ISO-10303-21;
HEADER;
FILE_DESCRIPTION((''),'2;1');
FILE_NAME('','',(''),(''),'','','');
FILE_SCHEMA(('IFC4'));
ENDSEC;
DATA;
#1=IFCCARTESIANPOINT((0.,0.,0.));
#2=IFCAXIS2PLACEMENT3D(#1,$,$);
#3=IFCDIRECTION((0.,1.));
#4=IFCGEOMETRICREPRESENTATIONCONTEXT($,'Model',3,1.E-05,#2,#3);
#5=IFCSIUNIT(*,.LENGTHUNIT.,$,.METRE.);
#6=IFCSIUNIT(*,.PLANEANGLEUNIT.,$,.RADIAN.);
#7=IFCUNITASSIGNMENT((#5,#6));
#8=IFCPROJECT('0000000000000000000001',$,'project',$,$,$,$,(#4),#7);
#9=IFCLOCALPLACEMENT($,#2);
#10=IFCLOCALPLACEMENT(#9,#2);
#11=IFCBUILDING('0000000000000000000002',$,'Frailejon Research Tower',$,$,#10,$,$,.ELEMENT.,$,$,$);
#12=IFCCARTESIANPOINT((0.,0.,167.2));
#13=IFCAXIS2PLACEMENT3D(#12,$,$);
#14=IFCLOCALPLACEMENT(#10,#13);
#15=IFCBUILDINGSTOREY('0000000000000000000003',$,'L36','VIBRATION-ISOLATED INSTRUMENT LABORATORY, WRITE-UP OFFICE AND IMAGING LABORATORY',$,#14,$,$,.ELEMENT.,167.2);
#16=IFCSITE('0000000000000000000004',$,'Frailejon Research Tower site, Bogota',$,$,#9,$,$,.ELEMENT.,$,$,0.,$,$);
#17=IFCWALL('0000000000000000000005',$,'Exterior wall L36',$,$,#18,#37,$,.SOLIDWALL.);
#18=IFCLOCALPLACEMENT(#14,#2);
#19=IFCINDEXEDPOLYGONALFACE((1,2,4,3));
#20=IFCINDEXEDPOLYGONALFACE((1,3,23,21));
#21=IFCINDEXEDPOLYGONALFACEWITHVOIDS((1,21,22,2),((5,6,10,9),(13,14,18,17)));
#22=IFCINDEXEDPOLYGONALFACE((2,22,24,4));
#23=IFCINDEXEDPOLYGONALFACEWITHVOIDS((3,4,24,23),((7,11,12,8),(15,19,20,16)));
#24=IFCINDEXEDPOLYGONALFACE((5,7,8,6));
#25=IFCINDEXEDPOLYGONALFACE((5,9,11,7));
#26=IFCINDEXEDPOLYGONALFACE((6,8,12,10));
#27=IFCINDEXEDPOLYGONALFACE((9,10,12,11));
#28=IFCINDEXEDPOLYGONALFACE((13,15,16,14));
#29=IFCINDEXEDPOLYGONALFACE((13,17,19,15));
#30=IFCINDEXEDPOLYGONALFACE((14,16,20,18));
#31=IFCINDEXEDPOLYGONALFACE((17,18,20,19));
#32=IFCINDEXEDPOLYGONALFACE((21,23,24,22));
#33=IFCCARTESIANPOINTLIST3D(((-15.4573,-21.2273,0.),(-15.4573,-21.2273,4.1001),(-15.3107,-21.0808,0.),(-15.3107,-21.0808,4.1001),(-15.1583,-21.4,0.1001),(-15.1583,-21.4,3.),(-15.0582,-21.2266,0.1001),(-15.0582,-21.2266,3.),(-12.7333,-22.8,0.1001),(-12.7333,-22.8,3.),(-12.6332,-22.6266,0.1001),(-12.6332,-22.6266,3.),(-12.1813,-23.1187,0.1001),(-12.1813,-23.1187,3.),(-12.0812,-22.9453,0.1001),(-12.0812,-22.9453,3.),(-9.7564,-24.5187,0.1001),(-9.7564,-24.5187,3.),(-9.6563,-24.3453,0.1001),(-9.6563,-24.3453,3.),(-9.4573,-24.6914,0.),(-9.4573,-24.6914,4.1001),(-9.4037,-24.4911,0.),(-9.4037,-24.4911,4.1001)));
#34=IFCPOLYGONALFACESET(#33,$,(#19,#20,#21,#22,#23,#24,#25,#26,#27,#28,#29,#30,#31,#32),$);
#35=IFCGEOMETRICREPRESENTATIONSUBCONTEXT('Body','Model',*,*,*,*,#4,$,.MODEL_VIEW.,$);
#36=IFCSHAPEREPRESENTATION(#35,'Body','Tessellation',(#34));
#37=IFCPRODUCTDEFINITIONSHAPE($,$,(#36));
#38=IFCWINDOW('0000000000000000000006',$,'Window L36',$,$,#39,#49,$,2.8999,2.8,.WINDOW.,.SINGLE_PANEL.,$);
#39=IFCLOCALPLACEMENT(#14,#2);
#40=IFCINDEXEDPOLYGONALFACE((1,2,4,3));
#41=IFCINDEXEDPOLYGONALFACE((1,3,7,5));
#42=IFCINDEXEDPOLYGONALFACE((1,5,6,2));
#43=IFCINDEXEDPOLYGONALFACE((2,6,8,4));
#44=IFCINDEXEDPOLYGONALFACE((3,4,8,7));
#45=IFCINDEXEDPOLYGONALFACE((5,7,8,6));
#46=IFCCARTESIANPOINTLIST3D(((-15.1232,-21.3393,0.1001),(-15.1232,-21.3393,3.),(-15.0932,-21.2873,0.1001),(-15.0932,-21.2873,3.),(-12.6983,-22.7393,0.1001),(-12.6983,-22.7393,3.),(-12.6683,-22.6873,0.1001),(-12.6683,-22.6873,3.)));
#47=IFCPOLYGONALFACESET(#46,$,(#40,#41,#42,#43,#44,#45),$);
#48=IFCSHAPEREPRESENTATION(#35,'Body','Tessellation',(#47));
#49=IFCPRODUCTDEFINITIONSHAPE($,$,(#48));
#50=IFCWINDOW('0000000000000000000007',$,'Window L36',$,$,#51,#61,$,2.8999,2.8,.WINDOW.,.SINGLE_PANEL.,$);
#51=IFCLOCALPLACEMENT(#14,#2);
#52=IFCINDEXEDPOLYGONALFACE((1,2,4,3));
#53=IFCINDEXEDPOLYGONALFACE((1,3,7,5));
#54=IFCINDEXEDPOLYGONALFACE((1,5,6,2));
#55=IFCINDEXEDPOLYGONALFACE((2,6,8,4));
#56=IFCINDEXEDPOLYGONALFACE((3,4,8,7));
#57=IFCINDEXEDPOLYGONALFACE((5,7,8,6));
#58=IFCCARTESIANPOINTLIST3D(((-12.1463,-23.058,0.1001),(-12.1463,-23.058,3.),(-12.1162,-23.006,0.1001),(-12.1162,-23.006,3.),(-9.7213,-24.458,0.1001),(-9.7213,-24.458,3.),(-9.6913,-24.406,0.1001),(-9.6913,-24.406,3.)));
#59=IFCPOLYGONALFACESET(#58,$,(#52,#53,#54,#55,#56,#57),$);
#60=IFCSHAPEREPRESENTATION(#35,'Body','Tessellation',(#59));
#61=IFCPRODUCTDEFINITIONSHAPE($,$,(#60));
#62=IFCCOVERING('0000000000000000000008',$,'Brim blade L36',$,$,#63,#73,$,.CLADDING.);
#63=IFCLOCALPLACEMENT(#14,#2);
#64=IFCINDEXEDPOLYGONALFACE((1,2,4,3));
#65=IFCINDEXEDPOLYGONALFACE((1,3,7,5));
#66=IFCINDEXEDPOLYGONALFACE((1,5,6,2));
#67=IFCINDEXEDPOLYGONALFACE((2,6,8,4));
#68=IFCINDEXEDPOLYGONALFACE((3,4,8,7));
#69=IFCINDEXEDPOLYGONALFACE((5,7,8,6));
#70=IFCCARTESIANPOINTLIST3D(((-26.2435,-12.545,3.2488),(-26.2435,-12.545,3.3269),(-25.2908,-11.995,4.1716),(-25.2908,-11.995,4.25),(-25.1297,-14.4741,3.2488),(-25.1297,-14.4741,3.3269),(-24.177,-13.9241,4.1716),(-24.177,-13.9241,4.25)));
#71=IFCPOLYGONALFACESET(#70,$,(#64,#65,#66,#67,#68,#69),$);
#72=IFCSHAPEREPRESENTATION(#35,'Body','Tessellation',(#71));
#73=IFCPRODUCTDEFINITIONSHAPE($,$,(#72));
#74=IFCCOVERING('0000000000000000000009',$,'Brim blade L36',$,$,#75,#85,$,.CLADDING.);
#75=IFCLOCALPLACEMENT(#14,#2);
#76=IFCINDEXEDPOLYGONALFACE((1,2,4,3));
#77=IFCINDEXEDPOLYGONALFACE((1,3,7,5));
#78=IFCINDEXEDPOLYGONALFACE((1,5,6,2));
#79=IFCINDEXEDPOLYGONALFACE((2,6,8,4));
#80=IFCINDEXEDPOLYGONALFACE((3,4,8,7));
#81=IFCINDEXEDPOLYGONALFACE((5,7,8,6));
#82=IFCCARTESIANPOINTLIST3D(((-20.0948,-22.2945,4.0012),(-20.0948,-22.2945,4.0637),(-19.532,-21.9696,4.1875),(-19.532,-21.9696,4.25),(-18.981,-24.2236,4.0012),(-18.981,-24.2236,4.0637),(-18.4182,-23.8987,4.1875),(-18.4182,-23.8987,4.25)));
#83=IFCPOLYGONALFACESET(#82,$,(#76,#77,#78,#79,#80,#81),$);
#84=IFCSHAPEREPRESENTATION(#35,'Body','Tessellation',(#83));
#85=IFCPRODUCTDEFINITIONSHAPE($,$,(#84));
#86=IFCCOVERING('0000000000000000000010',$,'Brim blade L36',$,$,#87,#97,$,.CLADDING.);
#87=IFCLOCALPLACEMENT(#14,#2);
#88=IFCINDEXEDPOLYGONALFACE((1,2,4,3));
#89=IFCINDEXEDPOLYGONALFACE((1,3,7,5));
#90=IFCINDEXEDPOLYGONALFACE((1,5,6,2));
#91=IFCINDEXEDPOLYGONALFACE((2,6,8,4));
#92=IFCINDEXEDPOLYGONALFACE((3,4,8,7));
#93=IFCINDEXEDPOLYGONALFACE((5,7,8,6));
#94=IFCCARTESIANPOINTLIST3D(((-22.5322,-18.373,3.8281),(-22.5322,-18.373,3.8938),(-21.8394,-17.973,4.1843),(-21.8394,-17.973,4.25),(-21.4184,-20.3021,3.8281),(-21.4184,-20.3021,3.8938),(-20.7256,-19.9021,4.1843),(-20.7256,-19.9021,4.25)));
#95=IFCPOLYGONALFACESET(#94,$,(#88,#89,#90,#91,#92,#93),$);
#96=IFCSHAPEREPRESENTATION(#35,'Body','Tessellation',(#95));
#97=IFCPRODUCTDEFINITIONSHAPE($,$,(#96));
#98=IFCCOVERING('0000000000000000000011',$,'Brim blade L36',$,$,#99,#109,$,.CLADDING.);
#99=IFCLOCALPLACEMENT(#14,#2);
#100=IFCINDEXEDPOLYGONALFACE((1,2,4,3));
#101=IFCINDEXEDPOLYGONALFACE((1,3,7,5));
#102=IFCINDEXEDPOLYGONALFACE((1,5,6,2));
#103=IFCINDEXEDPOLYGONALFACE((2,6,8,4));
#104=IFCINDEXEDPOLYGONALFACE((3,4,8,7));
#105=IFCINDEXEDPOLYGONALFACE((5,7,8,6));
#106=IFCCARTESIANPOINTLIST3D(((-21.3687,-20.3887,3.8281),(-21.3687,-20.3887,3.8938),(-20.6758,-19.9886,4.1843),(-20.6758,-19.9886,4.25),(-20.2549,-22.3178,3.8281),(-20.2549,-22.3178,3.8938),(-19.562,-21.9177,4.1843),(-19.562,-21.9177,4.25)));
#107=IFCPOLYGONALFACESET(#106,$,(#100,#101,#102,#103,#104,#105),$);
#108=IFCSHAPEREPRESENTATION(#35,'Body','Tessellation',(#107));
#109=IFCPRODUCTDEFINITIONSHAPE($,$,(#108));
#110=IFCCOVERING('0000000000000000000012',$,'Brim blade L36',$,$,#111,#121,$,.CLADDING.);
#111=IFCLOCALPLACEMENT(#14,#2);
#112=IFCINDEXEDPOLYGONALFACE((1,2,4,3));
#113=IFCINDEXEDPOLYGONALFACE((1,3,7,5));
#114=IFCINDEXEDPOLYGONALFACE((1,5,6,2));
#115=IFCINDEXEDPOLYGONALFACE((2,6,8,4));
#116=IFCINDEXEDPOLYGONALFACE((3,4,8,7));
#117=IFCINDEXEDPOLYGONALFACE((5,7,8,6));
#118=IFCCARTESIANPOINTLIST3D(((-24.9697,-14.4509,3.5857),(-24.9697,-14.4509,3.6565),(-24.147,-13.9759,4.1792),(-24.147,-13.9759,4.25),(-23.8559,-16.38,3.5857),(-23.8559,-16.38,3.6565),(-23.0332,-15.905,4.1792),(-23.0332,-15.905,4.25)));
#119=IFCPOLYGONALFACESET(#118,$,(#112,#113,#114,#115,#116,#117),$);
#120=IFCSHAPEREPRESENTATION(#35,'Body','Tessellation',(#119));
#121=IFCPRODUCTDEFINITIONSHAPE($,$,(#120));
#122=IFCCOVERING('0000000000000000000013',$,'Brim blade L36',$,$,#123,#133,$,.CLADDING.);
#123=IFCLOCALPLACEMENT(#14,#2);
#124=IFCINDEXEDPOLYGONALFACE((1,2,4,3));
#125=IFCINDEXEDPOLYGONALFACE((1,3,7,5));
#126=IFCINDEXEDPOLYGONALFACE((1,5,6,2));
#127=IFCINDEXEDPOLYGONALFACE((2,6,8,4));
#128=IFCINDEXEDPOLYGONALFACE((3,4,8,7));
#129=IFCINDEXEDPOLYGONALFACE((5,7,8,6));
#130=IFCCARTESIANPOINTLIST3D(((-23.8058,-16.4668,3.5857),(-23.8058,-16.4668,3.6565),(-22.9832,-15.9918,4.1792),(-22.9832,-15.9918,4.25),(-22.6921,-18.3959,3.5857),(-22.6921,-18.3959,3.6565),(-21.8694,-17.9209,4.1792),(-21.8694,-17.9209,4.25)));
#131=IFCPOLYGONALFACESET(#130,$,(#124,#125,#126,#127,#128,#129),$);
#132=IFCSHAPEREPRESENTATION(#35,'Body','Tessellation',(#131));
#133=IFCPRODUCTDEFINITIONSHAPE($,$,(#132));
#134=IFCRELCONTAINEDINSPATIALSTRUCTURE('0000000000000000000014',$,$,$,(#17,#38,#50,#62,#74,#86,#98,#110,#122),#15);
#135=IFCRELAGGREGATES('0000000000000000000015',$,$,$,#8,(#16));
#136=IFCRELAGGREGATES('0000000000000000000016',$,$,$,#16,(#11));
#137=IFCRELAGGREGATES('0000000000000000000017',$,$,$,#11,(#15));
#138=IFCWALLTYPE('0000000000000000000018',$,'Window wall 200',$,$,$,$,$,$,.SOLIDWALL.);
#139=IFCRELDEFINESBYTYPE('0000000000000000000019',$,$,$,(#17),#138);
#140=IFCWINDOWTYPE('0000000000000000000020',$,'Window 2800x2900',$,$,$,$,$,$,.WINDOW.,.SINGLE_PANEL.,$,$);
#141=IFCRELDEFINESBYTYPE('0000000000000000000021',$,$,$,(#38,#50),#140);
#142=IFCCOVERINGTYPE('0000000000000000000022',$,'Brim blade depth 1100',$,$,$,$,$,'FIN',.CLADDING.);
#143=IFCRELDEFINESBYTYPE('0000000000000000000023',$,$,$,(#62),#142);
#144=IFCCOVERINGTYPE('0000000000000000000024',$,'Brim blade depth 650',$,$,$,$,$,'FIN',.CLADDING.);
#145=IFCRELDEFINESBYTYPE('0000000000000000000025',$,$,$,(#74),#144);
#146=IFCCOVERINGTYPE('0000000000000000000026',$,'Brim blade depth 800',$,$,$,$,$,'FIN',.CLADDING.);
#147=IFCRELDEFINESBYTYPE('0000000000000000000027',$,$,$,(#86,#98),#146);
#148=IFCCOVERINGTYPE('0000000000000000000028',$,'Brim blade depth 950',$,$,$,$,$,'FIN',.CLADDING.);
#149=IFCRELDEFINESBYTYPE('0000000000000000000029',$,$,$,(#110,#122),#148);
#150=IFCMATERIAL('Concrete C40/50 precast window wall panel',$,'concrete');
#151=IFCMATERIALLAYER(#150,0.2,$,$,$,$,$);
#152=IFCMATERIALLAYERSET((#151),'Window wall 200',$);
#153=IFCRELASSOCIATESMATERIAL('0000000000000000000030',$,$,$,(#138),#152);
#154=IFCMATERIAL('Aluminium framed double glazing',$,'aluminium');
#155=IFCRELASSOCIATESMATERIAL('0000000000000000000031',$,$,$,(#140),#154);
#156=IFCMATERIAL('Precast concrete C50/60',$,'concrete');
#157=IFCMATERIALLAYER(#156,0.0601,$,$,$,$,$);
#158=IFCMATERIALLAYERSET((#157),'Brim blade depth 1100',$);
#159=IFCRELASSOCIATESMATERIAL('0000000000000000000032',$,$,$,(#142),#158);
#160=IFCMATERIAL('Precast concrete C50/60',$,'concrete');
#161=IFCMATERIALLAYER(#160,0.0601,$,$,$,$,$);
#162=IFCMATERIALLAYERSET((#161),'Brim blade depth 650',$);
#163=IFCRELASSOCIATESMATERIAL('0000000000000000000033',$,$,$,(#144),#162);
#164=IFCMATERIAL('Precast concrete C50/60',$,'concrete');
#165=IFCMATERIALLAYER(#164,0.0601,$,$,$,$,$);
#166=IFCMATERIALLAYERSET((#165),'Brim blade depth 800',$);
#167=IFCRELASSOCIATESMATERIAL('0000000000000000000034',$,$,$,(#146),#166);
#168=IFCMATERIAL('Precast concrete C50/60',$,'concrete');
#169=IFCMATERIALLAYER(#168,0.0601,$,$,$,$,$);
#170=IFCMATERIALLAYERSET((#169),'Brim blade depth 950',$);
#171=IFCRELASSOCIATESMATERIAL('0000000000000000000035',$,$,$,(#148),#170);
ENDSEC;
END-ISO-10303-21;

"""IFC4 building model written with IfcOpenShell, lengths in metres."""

from ifc_helpers import new_model, si_unit, direction, frame, frame_2d, origin, place, context, subcontext, project, spatial, polyline, rectangle, outline, extrude, material, layer, layer_set, type_object, element, fill, save


model = new_model("IFC4")

# Units and contexts
model_context = context("Model", 3, precision=1e-05, world=origin(), true_north=direction((0.0, 1.0)))
body_context = subcontext(model_context, "Body", "Model", "MODEL_VIEW")
ifc_project = project(units=[si_unit("LENGTHUNIT", "METRE"), si_unit("PLANEANGLEUNIT", "RADIAN")], contexts=[model_context])

# Site, building, storey
site_placement = place(None, origin())
site = spatial("IfcSite", under=ifc_project, at=site_placement, Name="Frailejon Research Tower site, Bogota", CompositionType="ELEMENT", RefElevation=0.0)
building_placement = place(site_placement, origin())
building = spatial("IfcBuilding", under=site, at=building_placement, Name="Frailejon Research Tower", CompositionType="ELEMENT")
storey_placement = place(building_placement, frame((0.0, 0.0, 167.2)))
storey = spatial("IfcBuildingStorey", under=building, at=storey_placement, Name="L36", Description="VIBRATION-ISOLATED INSTRUMENT LABORATORY, WRITE-UP OFFICE AND IMAGING LABORATORY", CompositionType="ELEMENT", Elevation=167.2)

# Wall, openings, windows
ifc_material_1 = material(Name="Concrete C40/50 precast window wall panel", Category="concrete")
ifc_layer_1 = layer(ifc_material_1, 0.2)
ifc_layer_set_1 = layer_set([ifc_layer_1], Name="Window wall 200")
wall_type_1 = type_object("IfcWallType", Name="Window wall 200", PredefinedType="SOLIDWALL", material=ifc_layer_set_1)
wall_1_placement = place(storey_placement, frame((-15.384, -21.1541, 0.0), z_axis=(0.0, 0.0, 1.0), x_axis=(0.866029, -0.499993, 0.0)))
wall_1 = element("IfcWall", 1, at=wall_1_placement, inside=storey, type_object=wall_type_1, Name="Exterior wall L36", PredefinedType="SOLIDWALL", context=body_context, shape_type="SweptSolid", body=[
    extrude(outline(polyline([(-0.0269, -0.1001), (1.1279, -0.1001), (2.2825, -0.1001), (3.4373, -0.1001), (4.592, -0.1001), (5.7466, -0.1001), (6.9014, -0.1001), (6.8477, 0.1001), (5.7109, 0.1001), (4.574, 0.1001), (3.4373, 0.1001), (2.3005, 0.1001), (1.1636, 0.1001), (0.0269, 0.1001), (-0.0269, -0.1001)])), origin(), (0.0, 0.0, 1.0), 4.1001),
])
opening_1_placement = place(wall_1_placement, frame((0.3186, 0.0, 0.1001)))
opening_1 = element("IfcOpeningElement", 2, at=opening_1_placement, cuts=wall_1, PredefinedType="OPENING", context=body_context, shape_type="SweptSolid", body=[
    extrude(rectangle(XDim=2.8, YDim=2.8999, at=frame_2d((1.3999, 1.45))), frame((0.0, 0.1099, 0.0), z_axis=(0.0, -1.0, 0.0), x_axis=(1.0, 0.0, 0.0)), (0.0, 0.0, 1.0), 0.22),
])
opening_2_placement = place(wall_1_placement, frame((3.7561, 0.0, 0.1001)))
opening_2 = element("IfcOpeningElement", 3, at=opening_2_placement, cuts=wall_1, PredefinedType="OPENING", context=body_context, shape_type="SweptSolid", body=[
    extrude(rectangle(XDim=2.8, YDim=2.8999, at=frame_2d((1.3999, 1.45))), frame((0.0, 0.1099, 0.0), z_axis=(0.0, -1.0, 0.0), x_axis=(1.0, 0.0, 0.0)), (0.0, 0.0, 1.0), 0.22),
])
ifc_material_2 = material(Name="Aluminium framed double glazing", Category="aluminium")
window_type = type_object("IfcWindowType", Name="Window 2800x2900", PartitioningType="SINGLE_PANEL", PredefinedType="WINDOW", material=ifc_material_2)
window_1_placement = place(opening_1_placement, origin())
window_1 = element("IfcWindow", 4, at=window_1_placement, inside=storey, type_object=window_type, Name="Window L36", OverallHeight=2.8999, OverallWidth=2.8, PartitioningType="SINGLE_PANEL", PredefinedType="WINDOW", context=body_context, shape_type="SweptSolid", body=[
    extrude(rectangle(XDim=2.8, YDim=2.8999, at=frame_2d((1.3999, 1.45))), frame((0.0, 0.03, 0.0), z_axis=(0.0, -1.0, 0.0), x_axis=(1.0, 0.0, 0.0)), (0.0, 0.0, 1.0), 0.0601),
])
fill(opening_1, window_1)
window_2_placement = place(opening_2_placement, origin())
window_2 = element("IfcWindow", 5, at=window_2_placement, inside=storey, type_object=window_type, Name="Window L36", OverallHeight=2.8999, OverallWidth=2.8, PartitioningType="SINGLE_PANEL", PredefinedType="WINDOW", context=body_context, shape_type="SweptSolid", body=[
    extrude(rectangle(XDim=2.8, YDim=2.8999, at=frame_2d((1.3999, 1.45))), frame((0.0, 0.03, 0.0), z_axis=(0.0, -1.0, 0.0), x_axis=(1.0, 0.0, 0.0)), (0.0, 0.0, 1.0), 0.0601),
])
fill(opening_2, window_2)

# Coverings
ifc_material_3 = material(Name="Precast concrete C50/60", Category="concrete")
ifc_layer_2 = layer(ifc_material_3, 0.0601)
ifc_layer_set_2 = layer_set([ifc_layer_2], Name="Brim blade depth 1100")
covering_type_1 = type_object("IfcCoveringType", Name="Brim blade depth 1100", ElementType="FIN", PredefinedType="CLADDING", material=ifc_layer_set_2)
covering_1_placement = place(storey_placement, frame((-24.177, -13.9241, 4.25), z_axis=(-0.500008, 0.866021, 0.0), x_axis=(-0.866021, -0.500008, 0.0)))
element("IfcCovering", 6, at=covering_1_placement, inside=storey, type_object=covering_type_1, Name="Brim blade L36", PredefinedType="CLADDING", context=body_context, shape_type="SweptSolid", body=[
    extrude(outline(polyline([(0.0, -0.0784), (1.1001, -1.0012), (1.1001, -0.9231), (0.0, 0.0), (0.0, -0.0784)])), origin(), (0.0, 0.0, 1.0), 2.2275),
])
ifc_material_4 = material(Name="Precast concrete C50/60", Category="concrete")
ifc_layer_3 = layer(ifc_material_4, 0.0601)
ifc_layer_set_3 = layer_set([ifc_layer_3], Name="Brim blade depth 650")
covering_type_2 = type_object("IfcCoveringType", Name="Brim blade depth 650", ElementType="FIN", PredefinedType="CLADDING", material=ifc_layer_set_3)
covering_2_placement = place(storey_placement, frame((-18.4182, -23.8987, 4.25), z_axis=(-0.500008, 0.866021, 0.0), x_axis=(-0.866021, -0.500008, 0.0)))
element("IfcCovering", 7, at=covering_2_placement, inside=storey, type_object=covering_type_2, Name="Brim blade L36", PredefinedType="CLADDING", context=body_context, shape_type="SweptSolid", body=[
    extrude(outline(polyline([(0.0, -0.0625), (0.6499, -0.2488), (0.6499, -0.1863), (0.0, 0.0), (0.0, -0.0625)])), origin(), (0.0, 0.0, 1.0), 2.2275),
])
ifc_material_5 = material(Name="Precast concrete C50/60", Category="concrete")
ifc_layer_4 = layer(ifc_material_5, 0.0601)
ifc_layer_set_4 = layer_set([ifc_layer_4], Name="Brim blade depth 800")
covering_type_3 = type_object("IfcCoveringType", Name="Brim blade depth 800", ElementType="FIN", PredefinedType="CLADDING", material=ifc_layer_set_4)
for number, where, z_axis, x_axis, name in (
    (8, (-20.7256, -19.9021, 4.25), (-0.499998, 0.866026, 0.0), (-0.866026, -0.499998, 0.0), "Brim blade L36"),
    (9, (-19.562, -21.9177, 4.25), (-0.500008, 0.866021, 0.0), (-0.866021, -0.500008, 0.0), "Brim blade L36"),
):
    element("IfcCovering", number, at=place(storey_placement, frame(where, z_axis=z_axis, x_axis=x_axis)), inside=storey, type_object=covering_type_3, Name=name, PredefinedType="CLADDING", context=body_context, shape_type="SweptSolid", body=[
        extrude(outline(polyline([(0.0, -0.0657), (0.8, -0.4219), (0.8, -0.3562), (0.0, 0.0), (0.0, -0.0657)])), origin(), (0.0, 0.0, 1.0), 2.2275),
    ])
ifc_material_6 = material(Name="Precast concrete C50/60", Category="concrete")
ifc_layer_5 = layer(ifc_material_6, 0.0601)
ifc_layer_set_5 = layer_set([ifc_layer_5], Name="Brim blade depth 950")
covering_type_4 = type_object("IfcCoveringType", Name="Brim blade depth 950", ElementType="FIN", PredefinedType="CLADDING", material=ifc_layer_set_5)
for number, where, z_axis, x_axis, name in (
    (10, (-23.0332, -15.905, 4.25), (-0.500008, 0.866021, 0.0), (-0.866021, -0.500008, 0.0), "Brim blade L36"),
    (11, (-21.8694, -17.9209, 4.25), (-0.499998, 0.866026, 0.0), (-0.866026, -0.499998, 0.0), "Brim blade L36"),
):
    element("IfcCovering", number, at=place(storey_placement, frame(where, z_axis=z_axis, x_axis=x_axis)), inside=storey, type_object=covering_type_4, Name=name, PredefinedType="CLADDING", context=body_context, shape_type="SweptSolid", body=[
        extrude(outline(polyline([(0.0, -0.0708), (0.95, -0.6643), (0.95, -0.5935), (0.0, 0.0), (0.0, -0.0708)])), origin(), (0.0, 0.0, 1.0), 2.2275),
    ])

save(model, "model.ifc")
